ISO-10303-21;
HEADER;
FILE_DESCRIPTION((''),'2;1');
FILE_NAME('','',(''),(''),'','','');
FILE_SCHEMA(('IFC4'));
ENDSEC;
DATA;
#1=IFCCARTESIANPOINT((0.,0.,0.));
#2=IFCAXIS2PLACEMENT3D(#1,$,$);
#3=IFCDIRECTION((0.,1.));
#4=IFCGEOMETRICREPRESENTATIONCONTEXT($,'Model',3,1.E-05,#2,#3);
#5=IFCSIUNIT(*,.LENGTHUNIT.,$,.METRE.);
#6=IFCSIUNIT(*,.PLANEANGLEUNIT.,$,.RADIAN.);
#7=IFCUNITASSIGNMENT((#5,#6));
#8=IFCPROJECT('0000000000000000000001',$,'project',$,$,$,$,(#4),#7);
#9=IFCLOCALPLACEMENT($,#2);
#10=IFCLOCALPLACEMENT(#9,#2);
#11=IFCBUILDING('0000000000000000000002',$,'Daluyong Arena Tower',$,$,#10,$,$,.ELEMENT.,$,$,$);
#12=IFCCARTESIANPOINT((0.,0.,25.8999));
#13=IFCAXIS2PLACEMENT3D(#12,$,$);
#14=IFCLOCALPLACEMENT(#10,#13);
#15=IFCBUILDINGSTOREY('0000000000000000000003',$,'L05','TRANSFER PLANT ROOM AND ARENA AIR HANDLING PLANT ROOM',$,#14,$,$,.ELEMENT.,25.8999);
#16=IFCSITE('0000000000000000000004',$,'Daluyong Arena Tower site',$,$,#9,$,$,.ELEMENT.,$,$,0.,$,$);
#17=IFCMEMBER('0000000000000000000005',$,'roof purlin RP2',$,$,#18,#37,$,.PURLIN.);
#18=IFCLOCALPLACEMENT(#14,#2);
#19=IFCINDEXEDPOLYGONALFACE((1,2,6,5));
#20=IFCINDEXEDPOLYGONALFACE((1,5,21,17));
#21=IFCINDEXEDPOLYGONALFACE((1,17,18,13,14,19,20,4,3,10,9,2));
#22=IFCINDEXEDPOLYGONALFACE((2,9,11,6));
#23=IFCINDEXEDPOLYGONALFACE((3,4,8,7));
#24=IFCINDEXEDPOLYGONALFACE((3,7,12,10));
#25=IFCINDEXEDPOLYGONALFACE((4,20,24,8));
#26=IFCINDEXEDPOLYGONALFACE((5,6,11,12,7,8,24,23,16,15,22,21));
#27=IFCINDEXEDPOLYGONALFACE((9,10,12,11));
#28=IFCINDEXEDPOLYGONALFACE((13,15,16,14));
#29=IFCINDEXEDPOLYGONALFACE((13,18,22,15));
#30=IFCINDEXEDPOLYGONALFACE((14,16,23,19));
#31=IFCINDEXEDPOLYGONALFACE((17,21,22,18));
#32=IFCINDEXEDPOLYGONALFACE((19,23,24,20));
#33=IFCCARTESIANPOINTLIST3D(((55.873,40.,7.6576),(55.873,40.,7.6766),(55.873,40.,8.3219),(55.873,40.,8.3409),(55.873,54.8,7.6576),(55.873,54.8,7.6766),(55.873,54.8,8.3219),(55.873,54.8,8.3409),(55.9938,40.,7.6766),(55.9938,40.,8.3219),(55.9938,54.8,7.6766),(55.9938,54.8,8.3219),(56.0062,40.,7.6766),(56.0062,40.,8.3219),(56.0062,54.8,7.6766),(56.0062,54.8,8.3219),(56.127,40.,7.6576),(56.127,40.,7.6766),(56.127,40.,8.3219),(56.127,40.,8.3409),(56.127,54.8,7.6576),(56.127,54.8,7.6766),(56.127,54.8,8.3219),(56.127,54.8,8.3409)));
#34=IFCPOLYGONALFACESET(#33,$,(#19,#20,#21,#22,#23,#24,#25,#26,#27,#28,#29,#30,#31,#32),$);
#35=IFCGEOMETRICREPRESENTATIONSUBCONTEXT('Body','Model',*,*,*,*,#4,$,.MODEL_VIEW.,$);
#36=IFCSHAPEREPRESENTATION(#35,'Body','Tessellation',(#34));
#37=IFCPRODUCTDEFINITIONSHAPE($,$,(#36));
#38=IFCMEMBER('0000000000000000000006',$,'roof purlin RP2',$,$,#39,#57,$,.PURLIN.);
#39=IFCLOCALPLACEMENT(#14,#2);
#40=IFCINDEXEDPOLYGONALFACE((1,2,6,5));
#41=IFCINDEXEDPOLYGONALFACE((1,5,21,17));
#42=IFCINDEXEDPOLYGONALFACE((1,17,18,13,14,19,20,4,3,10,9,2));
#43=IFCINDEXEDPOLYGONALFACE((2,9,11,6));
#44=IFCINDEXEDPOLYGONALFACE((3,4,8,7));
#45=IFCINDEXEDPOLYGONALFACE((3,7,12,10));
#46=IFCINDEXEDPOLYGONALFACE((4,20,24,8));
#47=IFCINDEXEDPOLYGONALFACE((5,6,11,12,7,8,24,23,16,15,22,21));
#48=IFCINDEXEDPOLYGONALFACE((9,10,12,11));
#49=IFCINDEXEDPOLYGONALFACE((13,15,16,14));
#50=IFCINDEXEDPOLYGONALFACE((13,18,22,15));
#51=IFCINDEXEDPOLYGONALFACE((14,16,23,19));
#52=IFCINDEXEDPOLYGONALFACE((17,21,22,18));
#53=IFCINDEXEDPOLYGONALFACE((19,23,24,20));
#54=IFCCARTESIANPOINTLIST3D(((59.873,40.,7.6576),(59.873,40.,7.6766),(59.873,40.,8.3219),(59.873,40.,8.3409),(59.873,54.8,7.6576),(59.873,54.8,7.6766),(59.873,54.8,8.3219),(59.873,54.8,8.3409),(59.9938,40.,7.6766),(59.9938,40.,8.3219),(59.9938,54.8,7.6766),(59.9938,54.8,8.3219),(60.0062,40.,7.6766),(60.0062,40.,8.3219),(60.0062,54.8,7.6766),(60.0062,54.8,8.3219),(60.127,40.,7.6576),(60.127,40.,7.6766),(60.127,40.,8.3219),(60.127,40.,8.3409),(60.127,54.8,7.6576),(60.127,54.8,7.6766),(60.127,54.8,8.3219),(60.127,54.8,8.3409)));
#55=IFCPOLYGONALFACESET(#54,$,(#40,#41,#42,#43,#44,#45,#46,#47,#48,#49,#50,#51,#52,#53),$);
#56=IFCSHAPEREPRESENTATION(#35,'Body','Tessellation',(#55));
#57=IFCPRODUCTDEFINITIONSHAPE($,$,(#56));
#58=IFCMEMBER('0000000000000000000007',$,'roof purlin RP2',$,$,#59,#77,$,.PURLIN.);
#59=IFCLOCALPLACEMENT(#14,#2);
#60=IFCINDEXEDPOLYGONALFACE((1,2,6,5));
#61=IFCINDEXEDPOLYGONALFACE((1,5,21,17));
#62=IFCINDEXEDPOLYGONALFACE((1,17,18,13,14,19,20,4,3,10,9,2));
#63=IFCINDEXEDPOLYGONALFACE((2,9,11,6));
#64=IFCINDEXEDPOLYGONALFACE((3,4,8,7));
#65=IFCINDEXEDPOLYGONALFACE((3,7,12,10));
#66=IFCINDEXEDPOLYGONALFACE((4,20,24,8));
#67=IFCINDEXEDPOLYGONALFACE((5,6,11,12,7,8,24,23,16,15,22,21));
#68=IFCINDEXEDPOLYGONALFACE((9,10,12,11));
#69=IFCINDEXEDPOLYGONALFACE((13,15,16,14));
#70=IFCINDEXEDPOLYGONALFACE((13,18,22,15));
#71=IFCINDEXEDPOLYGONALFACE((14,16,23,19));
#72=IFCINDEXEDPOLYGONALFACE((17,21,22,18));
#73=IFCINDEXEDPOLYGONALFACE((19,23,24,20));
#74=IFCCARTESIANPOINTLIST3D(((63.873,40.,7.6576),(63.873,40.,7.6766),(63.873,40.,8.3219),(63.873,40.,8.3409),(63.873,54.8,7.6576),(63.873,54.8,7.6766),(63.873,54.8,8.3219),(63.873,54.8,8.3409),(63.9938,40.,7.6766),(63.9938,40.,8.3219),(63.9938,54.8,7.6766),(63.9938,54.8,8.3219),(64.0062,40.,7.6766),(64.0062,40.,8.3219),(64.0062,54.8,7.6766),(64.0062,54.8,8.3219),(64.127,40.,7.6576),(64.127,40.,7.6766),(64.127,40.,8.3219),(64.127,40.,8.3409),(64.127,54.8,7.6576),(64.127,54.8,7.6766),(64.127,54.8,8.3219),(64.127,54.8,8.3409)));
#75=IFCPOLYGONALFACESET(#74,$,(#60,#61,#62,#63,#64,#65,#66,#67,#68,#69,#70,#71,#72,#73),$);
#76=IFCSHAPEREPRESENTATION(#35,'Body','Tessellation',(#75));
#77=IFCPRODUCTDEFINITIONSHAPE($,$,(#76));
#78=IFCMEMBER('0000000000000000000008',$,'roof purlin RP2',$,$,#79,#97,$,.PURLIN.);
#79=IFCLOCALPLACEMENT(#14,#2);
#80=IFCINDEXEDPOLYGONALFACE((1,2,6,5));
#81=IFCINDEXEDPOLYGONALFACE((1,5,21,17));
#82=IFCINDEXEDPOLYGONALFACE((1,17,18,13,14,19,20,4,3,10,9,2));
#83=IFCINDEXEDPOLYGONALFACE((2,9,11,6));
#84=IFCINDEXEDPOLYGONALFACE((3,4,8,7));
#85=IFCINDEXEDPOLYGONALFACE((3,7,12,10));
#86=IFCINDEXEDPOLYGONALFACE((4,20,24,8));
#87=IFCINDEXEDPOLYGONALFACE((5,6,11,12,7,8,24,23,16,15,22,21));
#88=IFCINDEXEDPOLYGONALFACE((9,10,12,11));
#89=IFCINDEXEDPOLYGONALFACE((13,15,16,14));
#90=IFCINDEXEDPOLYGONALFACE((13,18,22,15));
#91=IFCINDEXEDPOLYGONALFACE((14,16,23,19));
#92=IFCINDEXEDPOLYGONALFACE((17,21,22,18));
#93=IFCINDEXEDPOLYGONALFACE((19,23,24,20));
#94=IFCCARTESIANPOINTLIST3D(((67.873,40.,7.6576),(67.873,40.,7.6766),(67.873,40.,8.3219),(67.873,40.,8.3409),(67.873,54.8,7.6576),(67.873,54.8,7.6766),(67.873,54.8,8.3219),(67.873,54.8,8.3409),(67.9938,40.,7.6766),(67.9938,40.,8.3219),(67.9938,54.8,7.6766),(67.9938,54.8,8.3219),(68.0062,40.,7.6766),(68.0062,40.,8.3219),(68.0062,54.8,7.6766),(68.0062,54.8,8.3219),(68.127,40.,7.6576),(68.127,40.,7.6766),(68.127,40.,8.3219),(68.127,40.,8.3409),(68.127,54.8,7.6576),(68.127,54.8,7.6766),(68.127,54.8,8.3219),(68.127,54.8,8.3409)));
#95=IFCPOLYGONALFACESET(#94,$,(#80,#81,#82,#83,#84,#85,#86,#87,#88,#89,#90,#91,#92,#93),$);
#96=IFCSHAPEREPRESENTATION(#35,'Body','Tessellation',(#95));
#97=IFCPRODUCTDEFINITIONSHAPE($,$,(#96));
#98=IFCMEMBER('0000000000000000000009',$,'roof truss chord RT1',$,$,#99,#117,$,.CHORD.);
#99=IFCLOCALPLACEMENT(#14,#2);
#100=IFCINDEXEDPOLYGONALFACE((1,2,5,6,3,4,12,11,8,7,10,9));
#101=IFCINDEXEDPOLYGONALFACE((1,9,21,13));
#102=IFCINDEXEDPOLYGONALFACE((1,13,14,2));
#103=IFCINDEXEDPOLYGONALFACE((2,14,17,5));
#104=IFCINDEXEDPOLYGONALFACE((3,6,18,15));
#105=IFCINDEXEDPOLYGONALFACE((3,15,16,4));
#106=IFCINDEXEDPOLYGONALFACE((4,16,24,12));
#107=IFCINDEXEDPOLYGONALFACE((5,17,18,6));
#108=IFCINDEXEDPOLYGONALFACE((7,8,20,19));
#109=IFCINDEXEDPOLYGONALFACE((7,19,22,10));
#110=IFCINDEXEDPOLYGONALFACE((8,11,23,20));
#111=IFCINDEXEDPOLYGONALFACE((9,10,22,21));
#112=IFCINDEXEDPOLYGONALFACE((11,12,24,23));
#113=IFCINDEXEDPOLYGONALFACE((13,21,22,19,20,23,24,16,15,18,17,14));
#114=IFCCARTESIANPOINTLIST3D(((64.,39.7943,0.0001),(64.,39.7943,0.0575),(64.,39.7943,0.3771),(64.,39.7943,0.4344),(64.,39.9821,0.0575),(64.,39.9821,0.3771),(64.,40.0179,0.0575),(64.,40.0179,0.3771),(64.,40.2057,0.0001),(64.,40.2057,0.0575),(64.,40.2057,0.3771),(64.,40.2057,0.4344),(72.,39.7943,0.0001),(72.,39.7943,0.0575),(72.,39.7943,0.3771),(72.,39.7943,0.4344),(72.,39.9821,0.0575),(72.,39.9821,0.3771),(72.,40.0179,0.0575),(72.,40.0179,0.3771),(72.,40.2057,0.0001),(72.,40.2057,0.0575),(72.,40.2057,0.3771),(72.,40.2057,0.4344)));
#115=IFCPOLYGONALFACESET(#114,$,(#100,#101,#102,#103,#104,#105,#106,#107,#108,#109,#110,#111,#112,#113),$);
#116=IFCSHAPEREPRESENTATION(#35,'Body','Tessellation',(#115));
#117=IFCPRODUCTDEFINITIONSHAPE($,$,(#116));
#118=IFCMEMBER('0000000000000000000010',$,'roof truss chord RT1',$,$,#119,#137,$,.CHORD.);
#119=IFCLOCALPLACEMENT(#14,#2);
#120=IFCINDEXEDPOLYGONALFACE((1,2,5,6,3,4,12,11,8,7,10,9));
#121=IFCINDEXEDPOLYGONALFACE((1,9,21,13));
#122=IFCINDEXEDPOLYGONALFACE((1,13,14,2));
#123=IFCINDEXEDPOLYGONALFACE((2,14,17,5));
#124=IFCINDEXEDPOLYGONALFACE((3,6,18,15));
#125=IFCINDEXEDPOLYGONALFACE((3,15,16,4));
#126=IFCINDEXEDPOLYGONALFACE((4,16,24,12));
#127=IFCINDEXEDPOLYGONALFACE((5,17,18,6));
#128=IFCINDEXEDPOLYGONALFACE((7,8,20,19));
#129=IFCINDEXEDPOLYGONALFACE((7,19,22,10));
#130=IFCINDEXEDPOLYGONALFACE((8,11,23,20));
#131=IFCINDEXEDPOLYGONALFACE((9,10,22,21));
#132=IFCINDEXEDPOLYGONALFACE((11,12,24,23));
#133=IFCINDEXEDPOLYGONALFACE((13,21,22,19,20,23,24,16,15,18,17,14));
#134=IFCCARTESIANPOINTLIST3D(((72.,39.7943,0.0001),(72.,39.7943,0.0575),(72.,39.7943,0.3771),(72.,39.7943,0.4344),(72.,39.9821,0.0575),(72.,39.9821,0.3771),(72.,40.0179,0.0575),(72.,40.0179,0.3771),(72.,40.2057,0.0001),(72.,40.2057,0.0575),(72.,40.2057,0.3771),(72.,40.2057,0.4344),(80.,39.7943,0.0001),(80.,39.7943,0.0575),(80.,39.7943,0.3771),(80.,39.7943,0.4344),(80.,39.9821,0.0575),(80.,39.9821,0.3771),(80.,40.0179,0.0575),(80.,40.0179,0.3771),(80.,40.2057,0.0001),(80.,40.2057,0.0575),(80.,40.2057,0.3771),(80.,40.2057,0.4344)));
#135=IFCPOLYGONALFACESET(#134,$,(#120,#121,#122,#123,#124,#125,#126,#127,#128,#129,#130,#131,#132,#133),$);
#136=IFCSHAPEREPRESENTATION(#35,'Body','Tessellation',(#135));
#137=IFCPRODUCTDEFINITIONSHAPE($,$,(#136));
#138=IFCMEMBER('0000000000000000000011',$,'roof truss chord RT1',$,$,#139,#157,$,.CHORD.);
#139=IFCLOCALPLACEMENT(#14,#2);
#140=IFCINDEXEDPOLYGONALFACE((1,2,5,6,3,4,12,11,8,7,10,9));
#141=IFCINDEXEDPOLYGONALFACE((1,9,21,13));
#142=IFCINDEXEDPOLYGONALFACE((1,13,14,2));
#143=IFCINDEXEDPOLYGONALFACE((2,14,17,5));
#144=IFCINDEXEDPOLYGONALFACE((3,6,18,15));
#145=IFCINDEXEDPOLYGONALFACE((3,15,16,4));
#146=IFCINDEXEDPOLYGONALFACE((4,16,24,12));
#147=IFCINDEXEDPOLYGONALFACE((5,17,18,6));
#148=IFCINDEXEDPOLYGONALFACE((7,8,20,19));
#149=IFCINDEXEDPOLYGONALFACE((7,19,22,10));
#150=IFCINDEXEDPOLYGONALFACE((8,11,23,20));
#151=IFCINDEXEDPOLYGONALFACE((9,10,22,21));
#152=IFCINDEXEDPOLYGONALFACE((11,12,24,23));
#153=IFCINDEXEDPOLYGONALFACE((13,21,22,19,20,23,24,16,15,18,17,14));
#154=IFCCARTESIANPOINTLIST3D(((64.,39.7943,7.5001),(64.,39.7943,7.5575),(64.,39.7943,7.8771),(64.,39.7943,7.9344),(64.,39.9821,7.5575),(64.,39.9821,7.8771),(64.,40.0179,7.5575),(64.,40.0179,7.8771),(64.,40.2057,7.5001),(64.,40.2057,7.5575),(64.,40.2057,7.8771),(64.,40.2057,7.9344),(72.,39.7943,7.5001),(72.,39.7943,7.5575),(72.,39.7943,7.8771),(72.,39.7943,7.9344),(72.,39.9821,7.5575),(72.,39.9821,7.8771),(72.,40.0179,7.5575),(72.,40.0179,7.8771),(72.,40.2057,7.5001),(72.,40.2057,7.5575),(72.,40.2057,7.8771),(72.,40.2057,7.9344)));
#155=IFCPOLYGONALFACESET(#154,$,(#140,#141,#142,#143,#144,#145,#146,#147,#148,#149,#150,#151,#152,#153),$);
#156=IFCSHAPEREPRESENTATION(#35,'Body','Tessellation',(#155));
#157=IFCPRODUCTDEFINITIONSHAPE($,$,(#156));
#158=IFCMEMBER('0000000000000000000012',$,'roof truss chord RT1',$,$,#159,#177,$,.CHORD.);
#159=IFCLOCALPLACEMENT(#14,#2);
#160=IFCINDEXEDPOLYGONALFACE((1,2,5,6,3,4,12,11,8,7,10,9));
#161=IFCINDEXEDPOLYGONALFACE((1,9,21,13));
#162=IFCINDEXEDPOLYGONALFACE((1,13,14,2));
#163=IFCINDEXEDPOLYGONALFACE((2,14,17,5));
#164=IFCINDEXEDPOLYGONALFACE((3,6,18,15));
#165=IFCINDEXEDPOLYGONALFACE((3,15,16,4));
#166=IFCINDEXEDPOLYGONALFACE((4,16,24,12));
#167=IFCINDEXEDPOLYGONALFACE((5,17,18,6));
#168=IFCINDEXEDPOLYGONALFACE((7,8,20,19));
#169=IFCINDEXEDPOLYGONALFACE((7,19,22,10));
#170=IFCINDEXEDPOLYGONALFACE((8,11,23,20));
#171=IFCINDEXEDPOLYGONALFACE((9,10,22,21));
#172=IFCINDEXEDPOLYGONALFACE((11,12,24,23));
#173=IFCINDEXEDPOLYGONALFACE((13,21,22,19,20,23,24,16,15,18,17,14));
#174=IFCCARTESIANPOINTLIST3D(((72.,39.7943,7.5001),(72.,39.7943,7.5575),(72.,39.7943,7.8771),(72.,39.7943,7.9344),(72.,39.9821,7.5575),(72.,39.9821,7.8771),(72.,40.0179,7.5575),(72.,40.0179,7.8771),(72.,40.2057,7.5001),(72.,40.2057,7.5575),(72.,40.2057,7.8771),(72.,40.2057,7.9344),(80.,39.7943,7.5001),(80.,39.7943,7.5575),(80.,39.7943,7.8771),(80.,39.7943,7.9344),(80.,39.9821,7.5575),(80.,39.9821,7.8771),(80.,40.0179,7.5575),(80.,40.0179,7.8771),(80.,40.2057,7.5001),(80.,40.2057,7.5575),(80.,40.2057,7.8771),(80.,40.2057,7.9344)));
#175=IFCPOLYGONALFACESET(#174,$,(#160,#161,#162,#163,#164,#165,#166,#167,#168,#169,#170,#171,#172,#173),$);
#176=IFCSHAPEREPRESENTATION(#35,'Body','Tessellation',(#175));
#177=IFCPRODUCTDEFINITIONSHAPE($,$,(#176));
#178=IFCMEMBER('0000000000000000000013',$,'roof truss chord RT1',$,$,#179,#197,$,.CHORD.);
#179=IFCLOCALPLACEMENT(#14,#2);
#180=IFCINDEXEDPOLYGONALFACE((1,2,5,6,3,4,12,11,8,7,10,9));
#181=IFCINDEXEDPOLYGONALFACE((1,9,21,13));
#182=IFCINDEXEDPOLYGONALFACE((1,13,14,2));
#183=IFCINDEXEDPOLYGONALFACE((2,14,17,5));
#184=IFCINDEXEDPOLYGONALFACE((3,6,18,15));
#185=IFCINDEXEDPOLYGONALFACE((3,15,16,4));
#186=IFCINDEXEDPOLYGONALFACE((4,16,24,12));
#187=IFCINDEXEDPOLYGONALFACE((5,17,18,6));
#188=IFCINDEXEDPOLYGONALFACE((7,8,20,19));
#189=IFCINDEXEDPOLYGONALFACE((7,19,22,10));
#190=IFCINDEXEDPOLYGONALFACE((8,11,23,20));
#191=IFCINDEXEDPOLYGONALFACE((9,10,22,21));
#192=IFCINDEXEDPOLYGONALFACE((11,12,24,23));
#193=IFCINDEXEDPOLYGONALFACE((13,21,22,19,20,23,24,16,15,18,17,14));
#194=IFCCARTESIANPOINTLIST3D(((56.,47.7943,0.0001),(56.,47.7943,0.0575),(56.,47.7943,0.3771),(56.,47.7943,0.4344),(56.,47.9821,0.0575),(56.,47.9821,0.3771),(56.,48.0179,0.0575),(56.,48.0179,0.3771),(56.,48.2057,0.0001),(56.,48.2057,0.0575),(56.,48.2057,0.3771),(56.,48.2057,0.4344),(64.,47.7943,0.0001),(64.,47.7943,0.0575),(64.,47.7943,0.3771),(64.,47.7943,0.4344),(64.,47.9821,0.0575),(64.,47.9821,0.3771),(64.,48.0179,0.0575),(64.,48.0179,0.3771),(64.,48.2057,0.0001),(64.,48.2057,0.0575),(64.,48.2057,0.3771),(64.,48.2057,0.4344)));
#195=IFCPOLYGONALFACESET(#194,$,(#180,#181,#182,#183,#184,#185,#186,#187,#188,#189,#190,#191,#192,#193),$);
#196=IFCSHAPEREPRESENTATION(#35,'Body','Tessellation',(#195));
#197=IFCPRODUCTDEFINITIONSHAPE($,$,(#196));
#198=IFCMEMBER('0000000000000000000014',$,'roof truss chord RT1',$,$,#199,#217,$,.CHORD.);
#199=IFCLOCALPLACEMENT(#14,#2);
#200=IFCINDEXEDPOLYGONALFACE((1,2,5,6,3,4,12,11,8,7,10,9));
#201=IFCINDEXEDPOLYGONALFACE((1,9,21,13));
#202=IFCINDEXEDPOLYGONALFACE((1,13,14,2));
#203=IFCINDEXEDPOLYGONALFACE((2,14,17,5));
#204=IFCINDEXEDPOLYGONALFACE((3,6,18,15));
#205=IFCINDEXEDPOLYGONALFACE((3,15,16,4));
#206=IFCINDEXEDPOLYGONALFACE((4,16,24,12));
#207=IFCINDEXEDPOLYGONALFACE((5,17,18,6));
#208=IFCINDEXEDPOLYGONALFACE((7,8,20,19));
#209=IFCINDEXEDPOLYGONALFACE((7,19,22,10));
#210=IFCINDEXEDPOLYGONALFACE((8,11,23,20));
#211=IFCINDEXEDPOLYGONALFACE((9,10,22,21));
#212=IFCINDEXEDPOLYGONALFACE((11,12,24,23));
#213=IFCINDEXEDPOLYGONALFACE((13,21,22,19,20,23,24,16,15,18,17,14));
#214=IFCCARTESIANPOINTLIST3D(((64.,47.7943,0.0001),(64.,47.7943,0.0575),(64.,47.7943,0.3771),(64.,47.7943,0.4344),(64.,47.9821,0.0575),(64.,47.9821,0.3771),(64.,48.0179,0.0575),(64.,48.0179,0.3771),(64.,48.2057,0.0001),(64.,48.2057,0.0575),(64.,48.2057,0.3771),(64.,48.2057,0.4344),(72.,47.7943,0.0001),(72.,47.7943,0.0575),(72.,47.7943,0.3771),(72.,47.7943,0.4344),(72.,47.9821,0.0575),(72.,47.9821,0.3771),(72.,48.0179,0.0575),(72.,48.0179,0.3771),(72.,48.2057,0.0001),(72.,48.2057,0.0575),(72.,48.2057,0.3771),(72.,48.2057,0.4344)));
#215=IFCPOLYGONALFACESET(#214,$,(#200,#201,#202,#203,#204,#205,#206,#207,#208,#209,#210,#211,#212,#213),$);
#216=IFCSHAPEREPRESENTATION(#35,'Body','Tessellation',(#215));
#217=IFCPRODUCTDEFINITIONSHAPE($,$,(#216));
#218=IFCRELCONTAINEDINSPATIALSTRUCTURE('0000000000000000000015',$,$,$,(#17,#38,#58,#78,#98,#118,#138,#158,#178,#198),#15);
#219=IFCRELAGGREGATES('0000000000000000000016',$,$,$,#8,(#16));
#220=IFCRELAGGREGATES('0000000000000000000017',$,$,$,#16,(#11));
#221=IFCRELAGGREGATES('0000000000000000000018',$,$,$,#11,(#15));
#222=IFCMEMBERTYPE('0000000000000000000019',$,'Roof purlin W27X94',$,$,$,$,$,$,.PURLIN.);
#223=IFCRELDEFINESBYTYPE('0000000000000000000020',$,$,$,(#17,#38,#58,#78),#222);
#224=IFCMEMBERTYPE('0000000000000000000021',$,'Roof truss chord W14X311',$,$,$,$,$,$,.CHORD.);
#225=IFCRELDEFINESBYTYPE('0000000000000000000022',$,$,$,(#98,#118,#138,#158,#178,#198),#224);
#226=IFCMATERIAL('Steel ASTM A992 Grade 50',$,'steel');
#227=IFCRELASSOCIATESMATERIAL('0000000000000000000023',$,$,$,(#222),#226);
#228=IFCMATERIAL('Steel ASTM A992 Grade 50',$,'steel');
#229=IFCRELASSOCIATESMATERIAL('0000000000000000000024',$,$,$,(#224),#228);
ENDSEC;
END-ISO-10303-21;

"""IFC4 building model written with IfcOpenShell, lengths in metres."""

from ifc_helpers import new_model, si_unit, direction, frame, origin, origin_2d, place, context, subcontext, project, spatial, i_section, extrude, material, material_profile, profile_set, type_object, element, save


model = new_model("IFC4")

# Units and contexts
model_context = context("Model", 3, precision=1e-05, world=origin(), true_north=direction((0.0, 1.0)))
body_context = subcontext(model_context, "Body", "Model", "MODEL_VIEW")
ifc_project = project(units=[si_unit("LENGTHUNIT", "METRE"), si_unit("PLANEANGLEUNIT", "RADIAN")], contexts=[model_context])

# Site, building, storey
site_placement = place(None, origin())
site = spatial("IfcSite", under=ifc_project, at=site_placement, Name="Daluyong Arena Tower site", CompositionType="ELEMENT", RefElevation=0.0)
building_placement = place(site_placement, origin())
building = spatial("IfcBuilding", under=site, at=building_placement, Name="Daluyong Arena Tower", CompositionType="ELEMENT")
storey_placement = place(building_placement, frame((0.0, 0.0, 25.8999)))
storey = spatial("IfcBuildingStorey", under=building, at=storey_placement, Name="L05", Description="TRANSFER PLANT ROOM AND ARENA AIR HANDLING PLANT ROOM", CompositionType="ELEMENT", Elevation=25.8999)

# Members
ifc_material_1 = material(Name="Steel ASTM A992 Grade 50", Category="steel")
ifc_material_profile_1 = material_profile(ifc_material_1, i_section(OverallWidth=0.2539, OverallDepth=0.6833, WebThickness=0.0125, FlangeThickness=0.019, at=origin_2d()))
ifc_profile_set_1 = profile_set([ifc_material_profile_1], Name="Steel ASTM A992 Grade 50")
member_type_1 = type_object("IfcMemberType", Name="Roof purlin W27X94", PredefinedType="PURLIN", material=ifc_profile_set_1)
for number, where, z_axis, x_axis, name in (
    (1, (56.0, 40.0, 7.9993), (0.0, 1.0, 0.0), (-1.0, 0.0, 0.0), "roof purlin RP2"),
    (2, (60.0, 40.0, 7.9993), (0.0, 1.0, 0.0), (-1.0, 0.0, 0.0), "roof purlin RP2"),
    (3, (64.0, 40.0, 7.9993), (0.0, 1.0, 0.0), (-1.0, 0.0, 0.0), "roof purlin RP2"),
    (4, (68.0, 40.0, 7.9993), (0.0, 1.0, 0.0), (-1.0, 0.0, 0.0), "roof purlin RP2"),
):
    element("IfcMember", number, at=place(storey_placement, frame(where, z_axis=z_axis, x_axis=x_axis)), inside=storey, type_object=member_type_1, Name=name, PredefinedType="PURLIN", context=body_context, shape_type="SweptSolid", body=[
        extrude(i_section(OverallWidth=0.2539, OverallDepth=0.6833, WebThickness=0.0125, FlangeThickness=0.019, at=origin_2d()), origin(), (0.0, 0.0, 1.0), 14.8),
    ])
ifc_material_2 = material(Name="Steel ASTM A992 Grade 50", Category="steel")
ifc_material_profile_2 = material_profile(ifc_material_2, i_section(OverallWidth=0.4114, OverallDepth=0.4343, WebThickness=0.0359, FlangeThickness=0.0574, at=origin_2d()))
ifc_profile_set_2 = profile_set([ifc_material_profile_2], Name="Steel ASTM A992 Grade 50")
member_type_2 = type_object("IfcMemberType", Name="Roof truss chord W14X311", PredefinedType="CHORD", material=ifc_profile_set_2)
for number, where, z_axis, x_axis, name in (
    (5, (64.0, 40.0, 0.2173), (1.0, 0.0, 0.0), (0.0, 1.0, 0.0), "roof truss chord RT1"),
    (6, (72.0, 40.0, 0.2173), (1.0, 0.0, 0.0), (0.0, 1.0, 0.0), "roof truss chord RT1"),
    (7, (64.0, 40.0, 7.7173), (1.0, 0.0, 0.0), (0.0, 1.0, 0.0), "roof truss chord RT1"),
    (8, (72.0, 40.0, 7.7173), (1.0, 0.0, 0.0), (0.0, 1.0, 0.0), "roof truss chord RT1"),
    (9, (56.0, 48.0, 0.2173), (1.0, 0.0, 0.0), (0.0, 1.0, 0.0), "roof truss chord RT1"),
    (10, (64.0, 48.0, 0.2173), (1.0, 0.0, 0.0), (0.0, 1.0, 0.0), "roof truss chord RT1"),
):
    element("IfcMember", number, at=place(storey_placement, frame(where, z_axis=z_axis, x_axis=x_axis)), inside=storey, type_object=member_type_2, Name=name, PredefinedType="CHORD", context=body_context, shape_type="SweptSolid", body=[
        extrude(i_section(OverallWidth=0.4114, OverallDepth=0.4343, WebThickness=0.0359, FlangeThickness=0.0574, at=origin_2d()), origin(), (0.0, 0.0, 1.0), 8.0),
    ])

save(model, "model.ifc")
